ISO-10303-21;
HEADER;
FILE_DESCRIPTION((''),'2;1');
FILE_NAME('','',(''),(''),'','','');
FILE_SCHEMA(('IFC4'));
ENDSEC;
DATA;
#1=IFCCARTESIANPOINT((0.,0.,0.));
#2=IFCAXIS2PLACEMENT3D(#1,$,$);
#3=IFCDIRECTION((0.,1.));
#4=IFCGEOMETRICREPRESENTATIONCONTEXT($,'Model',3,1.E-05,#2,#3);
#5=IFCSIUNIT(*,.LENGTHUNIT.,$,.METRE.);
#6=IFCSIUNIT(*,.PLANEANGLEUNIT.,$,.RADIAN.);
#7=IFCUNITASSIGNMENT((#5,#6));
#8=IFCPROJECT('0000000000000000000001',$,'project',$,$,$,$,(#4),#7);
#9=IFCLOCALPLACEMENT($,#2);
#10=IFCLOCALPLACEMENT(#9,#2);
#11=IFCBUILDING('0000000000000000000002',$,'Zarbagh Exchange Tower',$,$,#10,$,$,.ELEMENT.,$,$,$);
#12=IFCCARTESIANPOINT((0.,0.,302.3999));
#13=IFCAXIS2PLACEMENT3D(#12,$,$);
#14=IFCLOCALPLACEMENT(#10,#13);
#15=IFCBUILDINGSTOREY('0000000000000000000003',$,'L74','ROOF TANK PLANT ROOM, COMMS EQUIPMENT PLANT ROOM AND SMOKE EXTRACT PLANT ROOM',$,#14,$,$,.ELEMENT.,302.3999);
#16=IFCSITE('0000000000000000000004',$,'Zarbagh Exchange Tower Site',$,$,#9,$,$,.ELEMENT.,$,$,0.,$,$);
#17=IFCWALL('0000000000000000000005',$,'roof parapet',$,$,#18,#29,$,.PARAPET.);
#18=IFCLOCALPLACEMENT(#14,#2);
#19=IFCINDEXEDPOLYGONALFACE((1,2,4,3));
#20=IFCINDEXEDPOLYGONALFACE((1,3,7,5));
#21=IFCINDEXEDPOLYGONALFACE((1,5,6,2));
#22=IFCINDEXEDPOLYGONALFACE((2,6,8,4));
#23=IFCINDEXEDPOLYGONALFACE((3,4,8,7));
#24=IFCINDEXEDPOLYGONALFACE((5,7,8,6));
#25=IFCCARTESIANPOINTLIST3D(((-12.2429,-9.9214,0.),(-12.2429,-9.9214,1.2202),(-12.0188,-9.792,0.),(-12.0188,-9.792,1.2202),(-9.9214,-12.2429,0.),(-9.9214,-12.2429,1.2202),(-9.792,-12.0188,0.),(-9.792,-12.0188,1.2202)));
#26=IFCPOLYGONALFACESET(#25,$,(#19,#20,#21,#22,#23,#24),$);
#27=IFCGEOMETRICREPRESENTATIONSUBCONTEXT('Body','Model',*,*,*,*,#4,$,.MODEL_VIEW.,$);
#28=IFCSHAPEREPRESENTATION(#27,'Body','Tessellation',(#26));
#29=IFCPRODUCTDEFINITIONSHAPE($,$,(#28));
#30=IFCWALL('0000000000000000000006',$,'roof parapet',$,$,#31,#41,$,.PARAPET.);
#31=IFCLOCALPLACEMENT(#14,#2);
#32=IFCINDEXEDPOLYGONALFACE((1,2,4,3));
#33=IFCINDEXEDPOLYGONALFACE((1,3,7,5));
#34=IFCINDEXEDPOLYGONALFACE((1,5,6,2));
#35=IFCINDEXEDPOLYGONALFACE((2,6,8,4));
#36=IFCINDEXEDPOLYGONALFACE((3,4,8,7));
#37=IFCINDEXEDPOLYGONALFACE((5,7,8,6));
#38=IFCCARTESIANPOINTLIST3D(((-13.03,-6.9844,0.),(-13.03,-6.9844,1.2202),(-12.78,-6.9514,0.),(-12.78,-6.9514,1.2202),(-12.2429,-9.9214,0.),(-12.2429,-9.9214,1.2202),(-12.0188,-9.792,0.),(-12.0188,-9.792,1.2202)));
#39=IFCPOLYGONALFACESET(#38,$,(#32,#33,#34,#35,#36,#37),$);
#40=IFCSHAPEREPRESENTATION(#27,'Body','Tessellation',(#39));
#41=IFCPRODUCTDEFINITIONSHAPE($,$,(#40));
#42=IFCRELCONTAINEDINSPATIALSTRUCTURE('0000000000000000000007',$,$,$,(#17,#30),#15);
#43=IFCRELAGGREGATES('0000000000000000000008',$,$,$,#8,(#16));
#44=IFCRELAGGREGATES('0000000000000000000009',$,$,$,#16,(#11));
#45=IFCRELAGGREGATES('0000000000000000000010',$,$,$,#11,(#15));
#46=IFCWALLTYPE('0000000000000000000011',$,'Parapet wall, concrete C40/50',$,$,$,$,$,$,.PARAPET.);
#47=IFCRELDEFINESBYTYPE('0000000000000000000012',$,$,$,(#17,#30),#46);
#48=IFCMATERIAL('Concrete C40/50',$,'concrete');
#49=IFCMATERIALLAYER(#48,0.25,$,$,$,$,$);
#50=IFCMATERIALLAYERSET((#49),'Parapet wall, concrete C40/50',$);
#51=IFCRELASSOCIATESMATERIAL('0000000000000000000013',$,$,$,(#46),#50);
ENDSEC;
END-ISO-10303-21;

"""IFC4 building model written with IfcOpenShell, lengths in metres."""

from ifc_helpers import new_model, si_unit, direction, frame, origin, place, context, subcontext, project, spatial, polyline, outline, extrude, material, layer, layer_set, type_object, element, save


model = new_model("IFC4")

# Units and contexts
model_context = context("Model", 3, precision=1e-05, world=origin(), true_north=direction((0.0, 1.0)))
body_context = subcontext(model_context, "Body", "Model", "MODEL_VIEW")
ifc_project = project(units=[si_unit("LENGTHUNIT", "METRE"), si_unit("PLANEANGLEUNIT", "RADIAN")], contexts=[model_context])

# Site, building, storey
site_placement = place(None, origin())
site = spatial("IfcSite", under=ifc_project, at=site_placement, Name="Zarbagh Exchange Tower Site", CompositionType="ELEMENT", RefElevation=0.0)
building_placement = place(site_placement, origin())
building = spatial("IfcBuilding", under=site, at=building_placement, Name="Zarbagh Exchange Tower", CompositionType="ELEMENT")
storey_placement = place(building_placement, frame((0.0, 0.0, 302.3999)))
storey = spatial("IfcBuildingStorey", under=building, at=storey_placement, Name="L74", Description="ROOF TANK PLANT ROOM, COMMS EQUIPMENT PLANT ROOM AND SMOKE EXTRACT PLANT ROOM", CompositionType="ELEMENT", Elevation=302.3999)

# Walls
ifc_material_1 = material(Name="Concrete C40/50", Category="concrete")
ifc_layer_1 = layer(ifc_material_1, 0.25)
ifc_layer_set_1 = layer_set([ifc_layer_1], Name="Parapet wall, concrete C40/50")
wall_type = type_object("IfcWallType", Name="Parapet wall, concrete C40/50", PredefinedType="PARAPET", material=ifc_layer_set_1)
wall_1_placement = place(storey_placement, origin())
element("IfcWall", 1, at=wall_1_placement, inside=storey, type_object=wall_type, Name="roof parapet", PredefinedType="PARAPET", context=body_context, shape_type="SweptSolid", body=[
    extrude(outline(polyline([(-9.9214, -12.2429), (-12.2429, -9.9214), (-12.0188, -9.792), (-9.792, -12.0188), (-9.9214, -12.2429)])), origin(), (0.0, 0.0, 1.0), 1.2202),
])
wall_2_placement = place(storey_placement, origin())
element("IfcWall", 2, at=wall_2_placement, inside=storey, type_object=wall_type, Name="roof parapet", PredefinedType="PARAPET", context=body_context, shape_type="SweptSolid", body=[
    extrude(outline(polyline([(-12.2429, -9.9214), (-13.03, -6.9844), (-12.78, -6.9514), (-12.0188, -9.792), (-12.2429, -9.9214)])), origin(), (0.0, 0.0, 1.0), 1.2202),
])

save(model, "model.ifc")
